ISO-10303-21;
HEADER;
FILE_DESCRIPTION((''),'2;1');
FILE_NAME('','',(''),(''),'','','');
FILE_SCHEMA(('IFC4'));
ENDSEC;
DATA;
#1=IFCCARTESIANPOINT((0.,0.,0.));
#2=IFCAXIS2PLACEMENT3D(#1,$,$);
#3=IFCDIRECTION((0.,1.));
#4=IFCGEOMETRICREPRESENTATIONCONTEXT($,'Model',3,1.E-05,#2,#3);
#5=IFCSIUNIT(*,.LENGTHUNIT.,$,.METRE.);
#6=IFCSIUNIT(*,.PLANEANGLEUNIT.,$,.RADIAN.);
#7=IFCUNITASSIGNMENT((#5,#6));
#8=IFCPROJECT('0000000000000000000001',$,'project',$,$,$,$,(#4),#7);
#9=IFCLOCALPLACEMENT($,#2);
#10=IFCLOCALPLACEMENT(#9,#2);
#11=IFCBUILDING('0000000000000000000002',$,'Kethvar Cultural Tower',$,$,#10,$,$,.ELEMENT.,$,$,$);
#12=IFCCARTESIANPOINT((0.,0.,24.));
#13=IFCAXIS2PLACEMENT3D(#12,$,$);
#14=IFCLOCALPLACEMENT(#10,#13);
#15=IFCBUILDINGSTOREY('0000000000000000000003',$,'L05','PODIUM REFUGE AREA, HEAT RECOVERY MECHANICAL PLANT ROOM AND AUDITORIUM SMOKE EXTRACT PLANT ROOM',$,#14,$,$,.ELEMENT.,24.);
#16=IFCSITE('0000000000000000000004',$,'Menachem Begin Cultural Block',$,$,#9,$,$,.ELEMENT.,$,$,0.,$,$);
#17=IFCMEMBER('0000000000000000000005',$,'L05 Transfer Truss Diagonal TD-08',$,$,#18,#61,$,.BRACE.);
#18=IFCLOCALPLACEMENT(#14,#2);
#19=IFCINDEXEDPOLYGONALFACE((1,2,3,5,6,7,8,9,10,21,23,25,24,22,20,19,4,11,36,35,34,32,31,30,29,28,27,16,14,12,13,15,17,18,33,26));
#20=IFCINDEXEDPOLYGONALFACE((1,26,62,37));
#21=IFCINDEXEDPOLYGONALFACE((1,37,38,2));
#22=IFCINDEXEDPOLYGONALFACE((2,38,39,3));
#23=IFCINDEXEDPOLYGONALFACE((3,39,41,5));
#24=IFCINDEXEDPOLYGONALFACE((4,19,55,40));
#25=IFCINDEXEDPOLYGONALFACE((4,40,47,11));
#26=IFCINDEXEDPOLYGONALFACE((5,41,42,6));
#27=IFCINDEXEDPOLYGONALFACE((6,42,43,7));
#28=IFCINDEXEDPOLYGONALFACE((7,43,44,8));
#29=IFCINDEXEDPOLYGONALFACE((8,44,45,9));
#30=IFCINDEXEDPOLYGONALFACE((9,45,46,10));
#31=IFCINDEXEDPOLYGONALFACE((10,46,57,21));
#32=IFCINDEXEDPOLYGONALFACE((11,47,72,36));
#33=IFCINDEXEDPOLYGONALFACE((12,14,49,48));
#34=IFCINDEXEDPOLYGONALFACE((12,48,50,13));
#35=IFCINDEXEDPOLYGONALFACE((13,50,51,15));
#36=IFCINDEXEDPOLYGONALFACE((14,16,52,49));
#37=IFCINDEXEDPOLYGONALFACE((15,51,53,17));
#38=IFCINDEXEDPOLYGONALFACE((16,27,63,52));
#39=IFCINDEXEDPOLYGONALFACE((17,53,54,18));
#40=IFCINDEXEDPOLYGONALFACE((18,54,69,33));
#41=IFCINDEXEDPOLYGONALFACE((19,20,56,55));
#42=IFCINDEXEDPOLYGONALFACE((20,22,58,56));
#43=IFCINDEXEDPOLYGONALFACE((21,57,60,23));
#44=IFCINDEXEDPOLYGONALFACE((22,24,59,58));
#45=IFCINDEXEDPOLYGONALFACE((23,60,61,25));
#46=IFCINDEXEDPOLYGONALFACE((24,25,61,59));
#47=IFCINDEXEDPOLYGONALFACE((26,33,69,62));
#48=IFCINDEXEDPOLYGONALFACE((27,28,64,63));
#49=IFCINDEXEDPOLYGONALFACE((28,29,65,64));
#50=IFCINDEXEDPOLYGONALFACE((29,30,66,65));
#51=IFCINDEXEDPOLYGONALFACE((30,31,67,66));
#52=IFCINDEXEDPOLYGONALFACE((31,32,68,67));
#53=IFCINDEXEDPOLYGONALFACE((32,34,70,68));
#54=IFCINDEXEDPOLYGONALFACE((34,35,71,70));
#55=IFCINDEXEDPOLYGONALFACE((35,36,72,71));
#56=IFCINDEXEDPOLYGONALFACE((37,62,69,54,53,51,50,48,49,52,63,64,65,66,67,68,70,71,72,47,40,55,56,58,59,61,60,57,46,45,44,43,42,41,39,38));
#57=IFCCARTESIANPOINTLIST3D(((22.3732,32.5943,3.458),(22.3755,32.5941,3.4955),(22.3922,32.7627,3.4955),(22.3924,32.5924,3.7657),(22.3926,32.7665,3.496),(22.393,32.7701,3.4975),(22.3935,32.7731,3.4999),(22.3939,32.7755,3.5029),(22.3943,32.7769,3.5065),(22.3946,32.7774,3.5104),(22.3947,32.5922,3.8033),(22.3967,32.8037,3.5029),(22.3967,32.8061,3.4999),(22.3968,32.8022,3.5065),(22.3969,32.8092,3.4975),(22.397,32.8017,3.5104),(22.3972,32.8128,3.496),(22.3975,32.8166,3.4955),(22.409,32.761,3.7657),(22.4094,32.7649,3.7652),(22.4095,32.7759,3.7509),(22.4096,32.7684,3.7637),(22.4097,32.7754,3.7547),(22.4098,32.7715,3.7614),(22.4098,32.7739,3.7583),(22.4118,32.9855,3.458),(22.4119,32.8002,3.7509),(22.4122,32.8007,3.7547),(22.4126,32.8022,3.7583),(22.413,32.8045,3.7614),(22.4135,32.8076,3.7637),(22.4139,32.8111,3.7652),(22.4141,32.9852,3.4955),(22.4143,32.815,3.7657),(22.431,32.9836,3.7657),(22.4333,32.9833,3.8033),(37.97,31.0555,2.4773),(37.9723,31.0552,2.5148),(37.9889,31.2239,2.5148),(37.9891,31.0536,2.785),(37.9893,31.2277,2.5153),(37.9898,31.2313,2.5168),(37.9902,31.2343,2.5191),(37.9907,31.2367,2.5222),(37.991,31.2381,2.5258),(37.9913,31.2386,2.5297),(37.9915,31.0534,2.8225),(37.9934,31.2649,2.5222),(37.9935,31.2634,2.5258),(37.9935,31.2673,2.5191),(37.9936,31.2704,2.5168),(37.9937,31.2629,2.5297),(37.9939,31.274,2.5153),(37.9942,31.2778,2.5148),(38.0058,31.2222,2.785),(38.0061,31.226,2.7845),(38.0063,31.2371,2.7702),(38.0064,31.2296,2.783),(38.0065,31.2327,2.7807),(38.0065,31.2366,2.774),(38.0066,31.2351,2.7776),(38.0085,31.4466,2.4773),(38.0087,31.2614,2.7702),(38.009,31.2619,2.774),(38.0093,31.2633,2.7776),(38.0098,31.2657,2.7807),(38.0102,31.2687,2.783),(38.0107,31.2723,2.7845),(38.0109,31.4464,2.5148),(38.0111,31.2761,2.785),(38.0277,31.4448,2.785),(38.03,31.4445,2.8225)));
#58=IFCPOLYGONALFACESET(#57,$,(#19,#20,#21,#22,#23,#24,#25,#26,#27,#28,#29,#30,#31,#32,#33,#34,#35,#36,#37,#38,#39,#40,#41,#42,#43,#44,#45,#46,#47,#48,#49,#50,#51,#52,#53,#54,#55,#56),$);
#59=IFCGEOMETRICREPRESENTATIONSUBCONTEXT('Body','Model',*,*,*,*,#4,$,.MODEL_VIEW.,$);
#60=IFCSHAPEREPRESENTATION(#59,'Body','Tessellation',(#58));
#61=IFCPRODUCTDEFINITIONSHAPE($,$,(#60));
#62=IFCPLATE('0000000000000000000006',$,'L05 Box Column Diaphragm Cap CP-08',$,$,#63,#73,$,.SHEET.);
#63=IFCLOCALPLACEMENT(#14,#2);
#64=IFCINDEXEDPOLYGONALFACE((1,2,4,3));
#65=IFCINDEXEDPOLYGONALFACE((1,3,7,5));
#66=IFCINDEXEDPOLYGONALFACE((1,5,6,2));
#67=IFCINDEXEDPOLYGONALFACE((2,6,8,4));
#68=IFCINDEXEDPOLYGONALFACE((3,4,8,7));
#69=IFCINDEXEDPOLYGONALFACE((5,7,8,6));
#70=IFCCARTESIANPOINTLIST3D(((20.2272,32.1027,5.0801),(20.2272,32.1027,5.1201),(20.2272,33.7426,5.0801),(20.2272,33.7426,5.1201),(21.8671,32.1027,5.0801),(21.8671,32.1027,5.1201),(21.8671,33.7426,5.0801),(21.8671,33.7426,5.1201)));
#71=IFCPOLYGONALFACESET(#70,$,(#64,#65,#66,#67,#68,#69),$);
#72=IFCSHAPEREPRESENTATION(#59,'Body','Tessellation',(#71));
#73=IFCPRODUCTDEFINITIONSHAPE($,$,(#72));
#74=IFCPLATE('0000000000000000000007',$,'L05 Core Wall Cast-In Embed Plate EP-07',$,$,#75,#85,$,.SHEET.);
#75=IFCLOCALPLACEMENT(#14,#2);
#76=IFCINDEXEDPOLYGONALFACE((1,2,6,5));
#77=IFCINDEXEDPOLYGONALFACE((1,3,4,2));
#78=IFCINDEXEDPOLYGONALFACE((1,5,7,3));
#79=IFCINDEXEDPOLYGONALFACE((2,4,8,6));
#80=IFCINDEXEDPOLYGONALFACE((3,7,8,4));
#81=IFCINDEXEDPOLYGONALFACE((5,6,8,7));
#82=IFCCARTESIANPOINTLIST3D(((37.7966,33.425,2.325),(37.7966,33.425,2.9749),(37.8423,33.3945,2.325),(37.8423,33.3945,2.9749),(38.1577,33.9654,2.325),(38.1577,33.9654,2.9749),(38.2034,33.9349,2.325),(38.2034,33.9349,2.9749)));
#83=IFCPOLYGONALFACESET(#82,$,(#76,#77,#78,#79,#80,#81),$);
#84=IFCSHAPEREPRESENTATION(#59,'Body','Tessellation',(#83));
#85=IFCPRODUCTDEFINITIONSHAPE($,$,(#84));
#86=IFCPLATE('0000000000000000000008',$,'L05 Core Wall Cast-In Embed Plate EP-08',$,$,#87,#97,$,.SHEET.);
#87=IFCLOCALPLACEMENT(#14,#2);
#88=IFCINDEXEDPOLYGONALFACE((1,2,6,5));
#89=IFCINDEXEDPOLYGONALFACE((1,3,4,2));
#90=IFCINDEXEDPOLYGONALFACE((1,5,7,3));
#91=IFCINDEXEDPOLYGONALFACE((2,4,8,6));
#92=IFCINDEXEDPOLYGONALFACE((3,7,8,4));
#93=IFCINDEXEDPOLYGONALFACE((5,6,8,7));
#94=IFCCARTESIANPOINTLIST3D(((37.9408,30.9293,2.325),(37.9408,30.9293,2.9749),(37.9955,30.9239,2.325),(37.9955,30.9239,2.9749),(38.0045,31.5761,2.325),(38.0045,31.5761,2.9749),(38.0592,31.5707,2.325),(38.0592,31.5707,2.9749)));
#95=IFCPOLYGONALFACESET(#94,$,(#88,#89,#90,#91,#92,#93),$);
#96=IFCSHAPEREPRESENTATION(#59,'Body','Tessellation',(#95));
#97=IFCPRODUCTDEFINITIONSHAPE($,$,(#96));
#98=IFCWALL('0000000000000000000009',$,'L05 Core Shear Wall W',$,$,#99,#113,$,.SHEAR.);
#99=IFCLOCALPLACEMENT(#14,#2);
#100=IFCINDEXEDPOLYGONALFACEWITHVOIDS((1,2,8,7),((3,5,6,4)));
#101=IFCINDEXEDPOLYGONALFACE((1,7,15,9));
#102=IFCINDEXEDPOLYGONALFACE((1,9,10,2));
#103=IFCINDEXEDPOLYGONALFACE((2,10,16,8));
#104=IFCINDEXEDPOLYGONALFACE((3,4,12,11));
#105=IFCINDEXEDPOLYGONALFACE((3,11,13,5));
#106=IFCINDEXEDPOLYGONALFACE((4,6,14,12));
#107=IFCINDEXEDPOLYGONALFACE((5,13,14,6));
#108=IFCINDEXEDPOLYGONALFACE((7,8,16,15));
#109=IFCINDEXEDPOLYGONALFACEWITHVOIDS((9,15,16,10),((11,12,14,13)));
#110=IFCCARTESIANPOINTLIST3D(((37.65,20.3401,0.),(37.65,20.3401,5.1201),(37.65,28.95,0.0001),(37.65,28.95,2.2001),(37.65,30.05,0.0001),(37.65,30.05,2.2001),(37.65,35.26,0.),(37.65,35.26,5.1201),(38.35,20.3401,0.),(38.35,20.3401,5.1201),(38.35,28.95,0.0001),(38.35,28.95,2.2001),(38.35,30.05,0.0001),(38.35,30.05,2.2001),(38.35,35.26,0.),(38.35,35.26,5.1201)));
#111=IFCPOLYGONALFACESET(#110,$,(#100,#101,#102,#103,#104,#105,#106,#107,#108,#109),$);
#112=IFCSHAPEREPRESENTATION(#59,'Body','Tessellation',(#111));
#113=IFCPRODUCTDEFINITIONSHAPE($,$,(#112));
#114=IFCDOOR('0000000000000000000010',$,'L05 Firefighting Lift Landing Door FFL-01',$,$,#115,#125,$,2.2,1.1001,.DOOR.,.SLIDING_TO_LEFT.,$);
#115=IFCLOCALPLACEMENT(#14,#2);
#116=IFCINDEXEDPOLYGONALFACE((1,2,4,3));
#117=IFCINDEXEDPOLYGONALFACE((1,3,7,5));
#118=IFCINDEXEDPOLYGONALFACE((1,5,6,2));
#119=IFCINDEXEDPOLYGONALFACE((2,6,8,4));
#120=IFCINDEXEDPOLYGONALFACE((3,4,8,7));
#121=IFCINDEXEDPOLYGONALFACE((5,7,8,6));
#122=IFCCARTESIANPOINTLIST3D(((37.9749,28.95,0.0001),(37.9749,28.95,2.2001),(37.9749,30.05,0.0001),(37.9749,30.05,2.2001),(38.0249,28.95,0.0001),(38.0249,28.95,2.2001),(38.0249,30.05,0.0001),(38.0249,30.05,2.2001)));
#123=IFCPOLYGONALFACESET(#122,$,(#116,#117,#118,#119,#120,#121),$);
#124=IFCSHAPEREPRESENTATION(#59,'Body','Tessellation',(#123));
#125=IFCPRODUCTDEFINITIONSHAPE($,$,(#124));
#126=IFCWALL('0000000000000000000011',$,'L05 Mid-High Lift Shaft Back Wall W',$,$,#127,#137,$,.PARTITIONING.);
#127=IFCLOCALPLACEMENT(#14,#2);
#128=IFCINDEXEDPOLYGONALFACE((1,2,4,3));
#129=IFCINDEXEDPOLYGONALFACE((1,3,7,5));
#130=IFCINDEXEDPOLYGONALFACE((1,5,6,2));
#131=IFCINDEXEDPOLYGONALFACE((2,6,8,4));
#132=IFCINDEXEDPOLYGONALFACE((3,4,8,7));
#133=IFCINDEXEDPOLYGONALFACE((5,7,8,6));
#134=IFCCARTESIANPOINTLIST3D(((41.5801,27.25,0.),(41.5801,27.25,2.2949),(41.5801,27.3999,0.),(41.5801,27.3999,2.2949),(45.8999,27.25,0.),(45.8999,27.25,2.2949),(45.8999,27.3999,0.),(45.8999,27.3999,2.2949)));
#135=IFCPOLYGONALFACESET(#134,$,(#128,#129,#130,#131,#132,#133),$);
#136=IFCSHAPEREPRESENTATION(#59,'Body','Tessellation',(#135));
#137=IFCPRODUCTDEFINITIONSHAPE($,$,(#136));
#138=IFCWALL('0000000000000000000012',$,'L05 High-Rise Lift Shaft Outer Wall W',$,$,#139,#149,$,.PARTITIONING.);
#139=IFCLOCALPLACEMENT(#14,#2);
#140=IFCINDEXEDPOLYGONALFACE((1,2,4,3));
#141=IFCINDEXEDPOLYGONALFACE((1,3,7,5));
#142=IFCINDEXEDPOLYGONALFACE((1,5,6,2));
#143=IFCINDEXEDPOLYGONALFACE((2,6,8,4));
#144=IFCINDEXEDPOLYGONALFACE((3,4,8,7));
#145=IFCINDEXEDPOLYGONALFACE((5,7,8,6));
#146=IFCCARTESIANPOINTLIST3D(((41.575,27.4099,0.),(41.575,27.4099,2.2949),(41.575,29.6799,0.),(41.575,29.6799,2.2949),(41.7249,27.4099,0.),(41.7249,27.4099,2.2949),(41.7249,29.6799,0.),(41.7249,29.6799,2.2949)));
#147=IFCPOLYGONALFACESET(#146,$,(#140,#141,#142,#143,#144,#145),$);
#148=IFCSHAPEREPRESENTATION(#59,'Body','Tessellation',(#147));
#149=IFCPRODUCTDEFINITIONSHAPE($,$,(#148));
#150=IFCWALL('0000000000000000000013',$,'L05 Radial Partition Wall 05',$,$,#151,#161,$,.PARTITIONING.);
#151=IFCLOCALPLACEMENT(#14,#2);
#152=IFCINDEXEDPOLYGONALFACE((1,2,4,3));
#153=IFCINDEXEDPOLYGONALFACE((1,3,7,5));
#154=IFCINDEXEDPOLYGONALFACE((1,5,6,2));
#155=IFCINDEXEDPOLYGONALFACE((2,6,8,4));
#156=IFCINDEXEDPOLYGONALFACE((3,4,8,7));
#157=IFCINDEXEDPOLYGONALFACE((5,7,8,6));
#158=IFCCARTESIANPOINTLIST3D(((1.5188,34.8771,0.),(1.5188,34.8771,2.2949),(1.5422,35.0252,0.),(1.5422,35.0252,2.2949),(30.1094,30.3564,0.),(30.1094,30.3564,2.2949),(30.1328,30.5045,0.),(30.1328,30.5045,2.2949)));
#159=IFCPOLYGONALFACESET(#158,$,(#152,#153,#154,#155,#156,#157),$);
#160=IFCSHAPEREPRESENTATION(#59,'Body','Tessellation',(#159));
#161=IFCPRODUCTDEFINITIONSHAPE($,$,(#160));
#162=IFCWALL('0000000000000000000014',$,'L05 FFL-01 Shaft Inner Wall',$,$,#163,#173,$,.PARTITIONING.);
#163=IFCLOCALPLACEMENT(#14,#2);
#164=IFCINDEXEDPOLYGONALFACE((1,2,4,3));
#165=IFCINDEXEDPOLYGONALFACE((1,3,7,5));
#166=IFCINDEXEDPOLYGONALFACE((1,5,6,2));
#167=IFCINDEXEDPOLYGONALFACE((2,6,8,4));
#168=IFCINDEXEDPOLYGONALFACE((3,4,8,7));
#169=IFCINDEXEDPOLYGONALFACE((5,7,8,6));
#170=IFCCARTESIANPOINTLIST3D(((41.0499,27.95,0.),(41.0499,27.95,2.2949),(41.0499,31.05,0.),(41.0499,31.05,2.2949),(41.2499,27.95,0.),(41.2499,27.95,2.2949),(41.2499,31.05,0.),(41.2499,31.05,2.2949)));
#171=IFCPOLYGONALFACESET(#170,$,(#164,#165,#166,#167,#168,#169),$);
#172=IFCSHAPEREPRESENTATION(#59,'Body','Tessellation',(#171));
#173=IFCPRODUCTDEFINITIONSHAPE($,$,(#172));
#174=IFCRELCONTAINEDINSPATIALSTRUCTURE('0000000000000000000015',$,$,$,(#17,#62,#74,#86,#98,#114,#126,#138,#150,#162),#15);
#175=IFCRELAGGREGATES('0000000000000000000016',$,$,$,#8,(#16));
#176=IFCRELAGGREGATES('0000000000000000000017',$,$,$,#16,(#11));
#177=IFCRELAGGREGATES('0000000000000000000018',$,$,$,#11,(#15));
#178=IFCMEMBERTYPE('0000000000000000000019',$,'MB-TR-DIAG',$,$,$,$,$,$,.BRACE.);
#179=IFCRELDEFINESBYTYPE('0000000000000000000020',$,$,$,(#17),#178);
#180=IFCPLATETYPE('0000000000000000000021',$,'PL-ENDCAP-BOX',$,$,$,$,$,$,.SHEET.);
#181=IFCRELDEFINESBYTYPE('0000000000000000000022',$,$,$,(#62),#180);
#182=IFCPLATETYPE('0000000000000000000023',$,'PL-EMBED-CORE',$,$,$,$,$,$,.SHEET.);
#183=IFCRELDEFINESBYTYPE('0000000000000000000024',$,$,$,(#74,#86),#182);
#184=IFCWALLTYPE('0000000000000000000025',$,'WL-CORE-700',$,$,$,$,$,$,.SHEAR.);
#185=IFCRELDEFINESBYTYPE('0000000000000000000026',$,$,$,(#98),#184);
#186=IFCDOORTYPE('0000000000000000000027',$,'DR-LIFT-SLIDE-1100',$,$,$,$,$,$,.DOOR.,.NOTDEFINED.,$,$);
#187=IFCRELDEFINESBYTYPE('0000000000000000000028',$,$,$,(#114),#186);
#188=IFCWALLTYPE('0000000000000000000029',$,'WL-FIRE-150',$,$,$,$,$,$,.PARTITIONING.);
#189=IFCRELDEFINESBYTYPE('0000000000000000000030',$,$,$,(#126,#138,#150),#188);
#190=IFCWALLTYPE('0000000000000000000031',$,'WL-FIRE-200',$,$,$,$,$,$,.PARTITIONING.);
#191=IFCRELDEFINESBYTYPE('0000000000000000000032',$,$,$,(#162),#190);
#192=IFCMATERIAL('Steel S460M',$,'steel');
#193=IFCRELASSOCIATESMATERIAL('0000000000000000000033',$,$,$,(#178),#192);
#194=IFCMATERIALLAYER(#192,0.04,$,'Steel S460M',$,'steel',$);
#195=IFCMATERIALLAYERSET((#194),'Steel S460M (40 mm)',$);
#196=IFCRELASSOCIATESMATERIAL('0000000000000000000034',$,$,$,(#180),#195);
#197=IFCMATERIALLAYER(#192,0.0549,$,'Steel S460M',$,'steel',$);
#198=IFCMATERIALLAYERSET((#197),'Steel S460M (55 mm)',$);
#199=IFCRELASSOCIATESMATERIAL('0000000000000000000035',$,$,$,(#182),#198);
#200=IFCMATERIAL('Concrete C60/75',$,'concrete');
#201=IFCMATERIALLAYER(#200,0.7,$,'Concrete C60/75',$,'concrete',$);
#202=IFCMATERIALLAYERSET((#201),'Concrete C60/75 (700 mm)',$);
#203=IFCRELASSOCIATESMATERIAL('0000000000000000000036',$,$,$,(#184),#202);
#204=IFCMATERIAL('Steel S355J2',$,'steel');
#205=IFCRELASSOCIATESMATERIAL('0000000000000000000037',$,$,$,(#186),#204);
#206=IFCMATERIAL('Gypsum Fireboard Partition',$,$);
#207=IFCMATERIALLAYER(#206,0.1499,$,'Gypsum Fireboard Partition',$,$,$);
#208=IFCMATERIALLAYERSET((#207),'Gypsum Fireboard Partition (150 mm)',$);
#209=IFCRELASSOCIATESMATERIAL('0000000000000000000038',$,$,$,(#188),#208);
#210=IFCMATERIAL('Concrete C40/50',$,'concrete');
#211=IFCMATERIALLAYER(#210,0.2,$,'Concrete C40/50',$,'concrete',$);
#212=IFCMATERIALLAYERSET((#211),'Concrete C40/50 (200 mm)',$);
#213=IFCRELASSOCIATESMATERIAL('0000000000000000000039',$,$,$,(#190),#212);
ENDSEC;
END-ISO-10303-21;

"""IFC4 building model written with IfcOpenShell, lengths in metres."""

from ifc_helpers import new_model, si_unit, direction, frame, frame_2d, origin, origin_2d, place, context, subcontext, project, spatial, rectangle, i_section, extrude, source, transform, mapped, material, layer, layer_set, material_profile, profile_set, type_object, element, fill, save


model = new_model("IFC4")

# Units and contexts
model_context = context("Model", 3, precision=1e-05, world=origin(), true_north=direction((0.0, 1.0)))
body_context = subcontext(model_context, "Body", "Model", "MODEL_VIEW")
ifc_project = project(units=[si_unit("LENGTHUNIT", "METRE"), si_unit("PLANEANGLEUNIT", "RADIAN")], contexts=[model_context])

# Site, building, storey
site_placement = place(None, origin())
site = spatial("IfcSite", under=ifc_project, at=site_placement, Name="Menachem Begin Cultural Block", CompositionType="ELEMENT", RefElevation=0.0)
building_placement = place(site_placement, origin())
building = spatial("IfcBuilding", under=site, at=building_placement, Name="Kethvar Cultural Tower", CompositionType="ELEMENT")
storey_placement = place(building_placement, frame((0.0, 0.0, 24.0)))
storey = spatial("IfcBuildingStorey", under=building, at=storey_placement, Name="L05", Description="PODIUM REFUGE AREA, HEAT RECOVERY MECHANICAL PLANT ROOM AND AUDITORIUM SMOKE EXTRACT PLANT ROOM", CompositionType="ELEMENT", Elevation=24.0)

# Shared definitions
ifc_material_1 = material(Name="Steel S460M", Category="steel")

# Shared definitions
ifc_material_2 = material(Name="Steel S355J2", Category="steel")

# Shared definitions
ifc_material_profile_1 = material_profile(ifc_material_1, i_section(OverallWidth=0.3931, OverallDepth=0.3459, WebThickness=0.0244, FlangeThickness=0.0376, FilletRadius=0.0149, at=origin_2d()), Name="Steel S460M — HD400x509")
ifc_profile_set_1 = profile_set([ifc_material_profile_1], Name="Steel S460M — HD400x509")
member_type = type_object("IfcMemberType", Name="MB-TR-DIAG", PredefinedType="BRACE", material=ifc_profile_set_1)

# Member
shared_shape_1 = source(origin(), body_context, "Body", "SweptSolid", [
    extrude(i_section(OverallWidth=0.3931, OverallDepth=0.3459, WebThickness=0.0244, FlangeThickness=0.0376, FilletRadius=0.0149, at=origin_2d()), origin(), (0.0, 0.0, 1.0), 15.7031),
])
member_1_placement = place(storey_placement, frame((38.0, 31.25, 2.6499), z_axis=(-0.993225, 0.097995, 0.062454), x_axis=(-0.098186, -0.995168, 0.0)))
element("IfcMember", 1, at=member_1_placement, inside=storey, type_object=member_type, Name="L05 Transfer Truss Diagonal TD-08", PredefinedType="BRACE", context=body_context, shape_type="MappedRepresentation", body=[
    mapped(shared_shape_1, transform((0.0, 0.0, 0.0), scale=1.0)),
])

# Plates
ifc_layer_1 = layer(ifc_material_1, 0.04, Name="Steel S460M", Category="steel")
ifc_layer_set_1 = layer_set([ifc_layer_1], Name="Steel S460M (40 mm)")
plate_type_1 = type_object("IfcPlateType", Name="PL-ENDCAP-BOX", PredefinedType="SHEET", material=ifc_layer_set_1)
shared_shape_2 = source(origin(), body_context, "Body", "SweptSolid", [
    extrude(rectangle(XDim=1.6399, YDim=1.6399, at=origin_2d()), origin(), (0.0, 0.0, 1.0), 0.04),
])
plate_placement = place(storey_placement, frame((21.0471, 32.9226, 5.0801), z_axis=(0.0, 0.0, 1.0), x_axis=(1.0, 0.0, 0.0)))
element("IfcPlate", 2, at=plate_placement, inside=storey, type_object=plate_type_1, Name="L05 Box Column Diaphragm Cap CP-08", PredefinedType="SHEET", context=body_context, shape_type="MappedRepresentation", body=[
    mapped(shared_shape_2, transform((0.0, 0.0, 0.0), scale=1.0)),
])
ifc_layer_2 = layer(ifc_material_1, 0.0549, Name="Steel S460M", Category="steel")
ifc_layer_set_2 = layer_set([ifc_layer_2], Name="Steel S460M (55 mm)")
plate_type_2 = type_object("IfcPlateType", Name="PL-EMBED-CORE", PredefinedType="SHEET", material=ifc_layer_set_2)
shared_shape_3 = source(origin(), body_context, "Body", "SweptSolid", [
    extrude(rectangle(XDim=0.0549, YDim=0.6499, at=origin_2d()), origin(), (0.0, 0.0, 1.0), 0.6499),
])
for number, where, z_axis, x_axis, name in (
    (3, (38.0, 33.6799, 2.325), (0.0, 0.0, 1.0), (-0.83147, 0.55557, 0.0), "L05 Core Wall Cast-In Embed Plate EP-07"),
    (4, (38.0, 31.25, 2.325), (0.0, 0.0, 1.0), (-0.995176, 0.098104, 0.0), "L05 Core Wall Cast-In Embed Plate EP-08"),
):
    element("IfcPlate", number, at=place(storey_placement, frame(where, z_axis=z_axis, x_axis=x_axis)), inside=storey, type_object=plate_type_2, Name=name, PredefinedType="SHEET", context=body_context, shape_type="MappedRepresentation", body=[
        mapped(shared_shape_3, transform((0.0, 0.0, 0.0), scale=1.0)),
    ])

# Wall, opening, door
ifc_material_3 = material(Name="Concrete C60/75", Category="concrete")
ifc_layer_3 = layer(ifc_material_3, 0.7, Name="Concrete C60/75", Category="concrete")
ifc_layer_set_3 = layer_set([ifc_layer_3], Name="Concrete C60/75 (700 mm)")
wall_type_1 = type_object("IfcWallType", Name="WL-CORE-700", PredefinedType="SHEAR", material=ifc_layer_set_3)
wall_1_placement = place(storey_placement, frame((38.0, 35.26, 0.0), z_axis=(0.0, 0.0, 1.0), x_axis=(0.0, -1.0, 0.0)))
wall_1 = element("IfcWall", 5, at=wall_1_placement, inside=storey, type_object=wall_type_1, Name="L05 Core Shear Wall W", PredefinedType="SHEAR", context=body_context, shape_type="SweptSolid", body=[
    extrude(rectangle(XDim=14.9199, YDim=0.7, at=frame_2d((7.46, 0.0))), origin(), (0.0, 0.0, 1.0), 5.1201),
])
opening_1_placement = place(wall_1_placement, frame((5.21, 0.0, 0.0)))
opening_1 = element("IfcOpeningElement", 6, at=opening_1_placement, cuts=wall_1, PredefinedType="OPENING", context=body_context, shape_type="SweptSolid", body=[
    extrude(rectangle(XDim=1.1001, YDim=2.2, at=frame_2d((0.55, 1.1001))), frame((0.0, 0.3599, 0.0), z_axis=(0.0, -1.0, 0.0), x_axis=(1.0, 0.0, 0.0)), (0.0, 0.0, 1.0), 0.72),
])
door_type_1 = type_object("IfcDoorType", Name="DR-LIFT-SLIDE-1100", OperationType="NOTDEFINED", PredefinedType="DOOR", material=ifc_material_2)
shared_shape_4 = source(origin(), body_context, "Body", "SweptSolid", [
    extrude(rectangle(XDim=1.1001, YDim=2.2, at=frame_2d((0.55, 1.1001))), frame((0.0, 0.0249, 0.0), z_axis=(0.0, -1.0, 0.0), x_axis=(1.0, 0.0, 0.0)), (0.0, 0.0, 1.0), 0.05),
])
door_1_placement = place(opening_1_placement, origin())
door_1 = element("IfcDoor", 7, at=door_1_placement, inside=storey, type_object=door_type_1, Name="L05 Firefighting Lift Landing Door FFL-01", OperationType="SLIDING_TO_LEFT", OverallHeight=2.2, OverallWidth=1.1001, PredefinedType="DOOR", context=body_context, shape_type="MappedRepresentation", body=[
    mapped(shared_shape_4, transform((0.0, 0.0, 0.0), scale=1.0)),
])
fill(opening_1, door_1)

# Walls
ifc_material_4 = material(Name="Gypsum Fireboard Partition")
ifc_layer_4 = layer(ifc_material_4, 0.1499, Name="Gypsum Fireboard Partition")
ifc_layer_set_4 = layer_set([ifc_layer_4], Name="Gypsum Fireboard Partition (150 mm)")
wall_type_2 = type_object("IfcWallType", Name="WL-FIRE-150", PredefinedType="PARTITIONING", material=ifc_layer_set_4)
wall_2_placement = place(storey_placement, frame((41.5801, 27.325, 0.0), z_axis=(0.0, 0.0, 1.0), x_axis=(1.0, 0.0, 0.0)))
element("IfcWall", 8, at=wall_2_placement, inside=storey, type_object=wall_type_2, Name="L05 Mid-High Lift Shaft Back Wall W", PredefinedType="PARTITIONING", context=body_context, shape_type="SweptSolid", body=[
    extrude(rectangle(XDim=4.3198, YDim=0.1499, at=frame_2d((2.1599, 0.0))), origin(), (0.0, 0.0, 1.0), 2.2949),
])
wall_3_placement = place(storey_placement, frame((41.6499, 27.4099, 0.0), z_axis=(0.0, 0.0, 1.0), x_axis=(0.0, 1.0, 0.0)))
element("IfcWall", 9, at=wall_3_placement, inside=storey, type_object=wall_type_2, Name="L05 High-Rise Lift Shaft Outer Wall W", PredefinedType="PARTITIONING", context=body_context, shape_type="SweptSolid", body=[
    extrude(rectangle(XDim=2.27, YDim=0.1499, at=frame_2d((1.135, 0.0))), origin(), (0.0, 0.0, 1.0), 2.2949),
])
wall_4_placement = place(storey_placement, frame((30.1211, 30.4304, 0.0), z_axis=(0.0, 0.0, 1.0), x_axis=(-0.987729, 0.15618, 0.0)))
element("IfcWall", 10, at=wall_4_placement, inside=storey, type_object=wall_type_2, Name="L05 Radial Partition Wall 05", PredefinedType="PARTITIONING", context=body_context, shape_type="SweptSolid", body=[
    extrude(rectangle(XDim=28.9458, YDim=0.1499, at=frame_2d((14.4729, 0.0))), origin(), (0.0, 0.0, 1.0), 2.2949),
])
ifc_material_5 = material(Name="Concrete C40/50", Category="concrete")
ifc_layer_5 = layer(ifc_material_5, 0.2, Name="Concrete C40/50", Category="concrete")
ifc_layer_set_5 = layer_set([ifc_layer_5], Name="Concrete C40/50 (200 mm)")
wall_type_3 = type_object("IfcWallType", Name="WL-FIRE-200", PredefinedType="PARTITIONING", material=ifc_layer_set_5)
wall_5_placement = place(storey_placement, frame((41.1499, 27.95, 0.0), z_axis=(0.0, 0.0, 1.0), x_axis=(0.0, 1.0, 0.0)))
element("IfcWall", 11, at=wall_5_placement, inside=storey, type_object=wall_type_3, Name="L05 FFL-01 Shaft Inner Wall", PredefinedType="PARTITIONING", context=body_context, shape_type="SweptSolid", body=[
    extrude(rectangle(XDim=3.1001, YDim=0.2, at=frame_2d((1.55, 0.0))), origin(), (0.0, 0.0, 1.0), 2.2949),
])

save(model, "model.ifc")
